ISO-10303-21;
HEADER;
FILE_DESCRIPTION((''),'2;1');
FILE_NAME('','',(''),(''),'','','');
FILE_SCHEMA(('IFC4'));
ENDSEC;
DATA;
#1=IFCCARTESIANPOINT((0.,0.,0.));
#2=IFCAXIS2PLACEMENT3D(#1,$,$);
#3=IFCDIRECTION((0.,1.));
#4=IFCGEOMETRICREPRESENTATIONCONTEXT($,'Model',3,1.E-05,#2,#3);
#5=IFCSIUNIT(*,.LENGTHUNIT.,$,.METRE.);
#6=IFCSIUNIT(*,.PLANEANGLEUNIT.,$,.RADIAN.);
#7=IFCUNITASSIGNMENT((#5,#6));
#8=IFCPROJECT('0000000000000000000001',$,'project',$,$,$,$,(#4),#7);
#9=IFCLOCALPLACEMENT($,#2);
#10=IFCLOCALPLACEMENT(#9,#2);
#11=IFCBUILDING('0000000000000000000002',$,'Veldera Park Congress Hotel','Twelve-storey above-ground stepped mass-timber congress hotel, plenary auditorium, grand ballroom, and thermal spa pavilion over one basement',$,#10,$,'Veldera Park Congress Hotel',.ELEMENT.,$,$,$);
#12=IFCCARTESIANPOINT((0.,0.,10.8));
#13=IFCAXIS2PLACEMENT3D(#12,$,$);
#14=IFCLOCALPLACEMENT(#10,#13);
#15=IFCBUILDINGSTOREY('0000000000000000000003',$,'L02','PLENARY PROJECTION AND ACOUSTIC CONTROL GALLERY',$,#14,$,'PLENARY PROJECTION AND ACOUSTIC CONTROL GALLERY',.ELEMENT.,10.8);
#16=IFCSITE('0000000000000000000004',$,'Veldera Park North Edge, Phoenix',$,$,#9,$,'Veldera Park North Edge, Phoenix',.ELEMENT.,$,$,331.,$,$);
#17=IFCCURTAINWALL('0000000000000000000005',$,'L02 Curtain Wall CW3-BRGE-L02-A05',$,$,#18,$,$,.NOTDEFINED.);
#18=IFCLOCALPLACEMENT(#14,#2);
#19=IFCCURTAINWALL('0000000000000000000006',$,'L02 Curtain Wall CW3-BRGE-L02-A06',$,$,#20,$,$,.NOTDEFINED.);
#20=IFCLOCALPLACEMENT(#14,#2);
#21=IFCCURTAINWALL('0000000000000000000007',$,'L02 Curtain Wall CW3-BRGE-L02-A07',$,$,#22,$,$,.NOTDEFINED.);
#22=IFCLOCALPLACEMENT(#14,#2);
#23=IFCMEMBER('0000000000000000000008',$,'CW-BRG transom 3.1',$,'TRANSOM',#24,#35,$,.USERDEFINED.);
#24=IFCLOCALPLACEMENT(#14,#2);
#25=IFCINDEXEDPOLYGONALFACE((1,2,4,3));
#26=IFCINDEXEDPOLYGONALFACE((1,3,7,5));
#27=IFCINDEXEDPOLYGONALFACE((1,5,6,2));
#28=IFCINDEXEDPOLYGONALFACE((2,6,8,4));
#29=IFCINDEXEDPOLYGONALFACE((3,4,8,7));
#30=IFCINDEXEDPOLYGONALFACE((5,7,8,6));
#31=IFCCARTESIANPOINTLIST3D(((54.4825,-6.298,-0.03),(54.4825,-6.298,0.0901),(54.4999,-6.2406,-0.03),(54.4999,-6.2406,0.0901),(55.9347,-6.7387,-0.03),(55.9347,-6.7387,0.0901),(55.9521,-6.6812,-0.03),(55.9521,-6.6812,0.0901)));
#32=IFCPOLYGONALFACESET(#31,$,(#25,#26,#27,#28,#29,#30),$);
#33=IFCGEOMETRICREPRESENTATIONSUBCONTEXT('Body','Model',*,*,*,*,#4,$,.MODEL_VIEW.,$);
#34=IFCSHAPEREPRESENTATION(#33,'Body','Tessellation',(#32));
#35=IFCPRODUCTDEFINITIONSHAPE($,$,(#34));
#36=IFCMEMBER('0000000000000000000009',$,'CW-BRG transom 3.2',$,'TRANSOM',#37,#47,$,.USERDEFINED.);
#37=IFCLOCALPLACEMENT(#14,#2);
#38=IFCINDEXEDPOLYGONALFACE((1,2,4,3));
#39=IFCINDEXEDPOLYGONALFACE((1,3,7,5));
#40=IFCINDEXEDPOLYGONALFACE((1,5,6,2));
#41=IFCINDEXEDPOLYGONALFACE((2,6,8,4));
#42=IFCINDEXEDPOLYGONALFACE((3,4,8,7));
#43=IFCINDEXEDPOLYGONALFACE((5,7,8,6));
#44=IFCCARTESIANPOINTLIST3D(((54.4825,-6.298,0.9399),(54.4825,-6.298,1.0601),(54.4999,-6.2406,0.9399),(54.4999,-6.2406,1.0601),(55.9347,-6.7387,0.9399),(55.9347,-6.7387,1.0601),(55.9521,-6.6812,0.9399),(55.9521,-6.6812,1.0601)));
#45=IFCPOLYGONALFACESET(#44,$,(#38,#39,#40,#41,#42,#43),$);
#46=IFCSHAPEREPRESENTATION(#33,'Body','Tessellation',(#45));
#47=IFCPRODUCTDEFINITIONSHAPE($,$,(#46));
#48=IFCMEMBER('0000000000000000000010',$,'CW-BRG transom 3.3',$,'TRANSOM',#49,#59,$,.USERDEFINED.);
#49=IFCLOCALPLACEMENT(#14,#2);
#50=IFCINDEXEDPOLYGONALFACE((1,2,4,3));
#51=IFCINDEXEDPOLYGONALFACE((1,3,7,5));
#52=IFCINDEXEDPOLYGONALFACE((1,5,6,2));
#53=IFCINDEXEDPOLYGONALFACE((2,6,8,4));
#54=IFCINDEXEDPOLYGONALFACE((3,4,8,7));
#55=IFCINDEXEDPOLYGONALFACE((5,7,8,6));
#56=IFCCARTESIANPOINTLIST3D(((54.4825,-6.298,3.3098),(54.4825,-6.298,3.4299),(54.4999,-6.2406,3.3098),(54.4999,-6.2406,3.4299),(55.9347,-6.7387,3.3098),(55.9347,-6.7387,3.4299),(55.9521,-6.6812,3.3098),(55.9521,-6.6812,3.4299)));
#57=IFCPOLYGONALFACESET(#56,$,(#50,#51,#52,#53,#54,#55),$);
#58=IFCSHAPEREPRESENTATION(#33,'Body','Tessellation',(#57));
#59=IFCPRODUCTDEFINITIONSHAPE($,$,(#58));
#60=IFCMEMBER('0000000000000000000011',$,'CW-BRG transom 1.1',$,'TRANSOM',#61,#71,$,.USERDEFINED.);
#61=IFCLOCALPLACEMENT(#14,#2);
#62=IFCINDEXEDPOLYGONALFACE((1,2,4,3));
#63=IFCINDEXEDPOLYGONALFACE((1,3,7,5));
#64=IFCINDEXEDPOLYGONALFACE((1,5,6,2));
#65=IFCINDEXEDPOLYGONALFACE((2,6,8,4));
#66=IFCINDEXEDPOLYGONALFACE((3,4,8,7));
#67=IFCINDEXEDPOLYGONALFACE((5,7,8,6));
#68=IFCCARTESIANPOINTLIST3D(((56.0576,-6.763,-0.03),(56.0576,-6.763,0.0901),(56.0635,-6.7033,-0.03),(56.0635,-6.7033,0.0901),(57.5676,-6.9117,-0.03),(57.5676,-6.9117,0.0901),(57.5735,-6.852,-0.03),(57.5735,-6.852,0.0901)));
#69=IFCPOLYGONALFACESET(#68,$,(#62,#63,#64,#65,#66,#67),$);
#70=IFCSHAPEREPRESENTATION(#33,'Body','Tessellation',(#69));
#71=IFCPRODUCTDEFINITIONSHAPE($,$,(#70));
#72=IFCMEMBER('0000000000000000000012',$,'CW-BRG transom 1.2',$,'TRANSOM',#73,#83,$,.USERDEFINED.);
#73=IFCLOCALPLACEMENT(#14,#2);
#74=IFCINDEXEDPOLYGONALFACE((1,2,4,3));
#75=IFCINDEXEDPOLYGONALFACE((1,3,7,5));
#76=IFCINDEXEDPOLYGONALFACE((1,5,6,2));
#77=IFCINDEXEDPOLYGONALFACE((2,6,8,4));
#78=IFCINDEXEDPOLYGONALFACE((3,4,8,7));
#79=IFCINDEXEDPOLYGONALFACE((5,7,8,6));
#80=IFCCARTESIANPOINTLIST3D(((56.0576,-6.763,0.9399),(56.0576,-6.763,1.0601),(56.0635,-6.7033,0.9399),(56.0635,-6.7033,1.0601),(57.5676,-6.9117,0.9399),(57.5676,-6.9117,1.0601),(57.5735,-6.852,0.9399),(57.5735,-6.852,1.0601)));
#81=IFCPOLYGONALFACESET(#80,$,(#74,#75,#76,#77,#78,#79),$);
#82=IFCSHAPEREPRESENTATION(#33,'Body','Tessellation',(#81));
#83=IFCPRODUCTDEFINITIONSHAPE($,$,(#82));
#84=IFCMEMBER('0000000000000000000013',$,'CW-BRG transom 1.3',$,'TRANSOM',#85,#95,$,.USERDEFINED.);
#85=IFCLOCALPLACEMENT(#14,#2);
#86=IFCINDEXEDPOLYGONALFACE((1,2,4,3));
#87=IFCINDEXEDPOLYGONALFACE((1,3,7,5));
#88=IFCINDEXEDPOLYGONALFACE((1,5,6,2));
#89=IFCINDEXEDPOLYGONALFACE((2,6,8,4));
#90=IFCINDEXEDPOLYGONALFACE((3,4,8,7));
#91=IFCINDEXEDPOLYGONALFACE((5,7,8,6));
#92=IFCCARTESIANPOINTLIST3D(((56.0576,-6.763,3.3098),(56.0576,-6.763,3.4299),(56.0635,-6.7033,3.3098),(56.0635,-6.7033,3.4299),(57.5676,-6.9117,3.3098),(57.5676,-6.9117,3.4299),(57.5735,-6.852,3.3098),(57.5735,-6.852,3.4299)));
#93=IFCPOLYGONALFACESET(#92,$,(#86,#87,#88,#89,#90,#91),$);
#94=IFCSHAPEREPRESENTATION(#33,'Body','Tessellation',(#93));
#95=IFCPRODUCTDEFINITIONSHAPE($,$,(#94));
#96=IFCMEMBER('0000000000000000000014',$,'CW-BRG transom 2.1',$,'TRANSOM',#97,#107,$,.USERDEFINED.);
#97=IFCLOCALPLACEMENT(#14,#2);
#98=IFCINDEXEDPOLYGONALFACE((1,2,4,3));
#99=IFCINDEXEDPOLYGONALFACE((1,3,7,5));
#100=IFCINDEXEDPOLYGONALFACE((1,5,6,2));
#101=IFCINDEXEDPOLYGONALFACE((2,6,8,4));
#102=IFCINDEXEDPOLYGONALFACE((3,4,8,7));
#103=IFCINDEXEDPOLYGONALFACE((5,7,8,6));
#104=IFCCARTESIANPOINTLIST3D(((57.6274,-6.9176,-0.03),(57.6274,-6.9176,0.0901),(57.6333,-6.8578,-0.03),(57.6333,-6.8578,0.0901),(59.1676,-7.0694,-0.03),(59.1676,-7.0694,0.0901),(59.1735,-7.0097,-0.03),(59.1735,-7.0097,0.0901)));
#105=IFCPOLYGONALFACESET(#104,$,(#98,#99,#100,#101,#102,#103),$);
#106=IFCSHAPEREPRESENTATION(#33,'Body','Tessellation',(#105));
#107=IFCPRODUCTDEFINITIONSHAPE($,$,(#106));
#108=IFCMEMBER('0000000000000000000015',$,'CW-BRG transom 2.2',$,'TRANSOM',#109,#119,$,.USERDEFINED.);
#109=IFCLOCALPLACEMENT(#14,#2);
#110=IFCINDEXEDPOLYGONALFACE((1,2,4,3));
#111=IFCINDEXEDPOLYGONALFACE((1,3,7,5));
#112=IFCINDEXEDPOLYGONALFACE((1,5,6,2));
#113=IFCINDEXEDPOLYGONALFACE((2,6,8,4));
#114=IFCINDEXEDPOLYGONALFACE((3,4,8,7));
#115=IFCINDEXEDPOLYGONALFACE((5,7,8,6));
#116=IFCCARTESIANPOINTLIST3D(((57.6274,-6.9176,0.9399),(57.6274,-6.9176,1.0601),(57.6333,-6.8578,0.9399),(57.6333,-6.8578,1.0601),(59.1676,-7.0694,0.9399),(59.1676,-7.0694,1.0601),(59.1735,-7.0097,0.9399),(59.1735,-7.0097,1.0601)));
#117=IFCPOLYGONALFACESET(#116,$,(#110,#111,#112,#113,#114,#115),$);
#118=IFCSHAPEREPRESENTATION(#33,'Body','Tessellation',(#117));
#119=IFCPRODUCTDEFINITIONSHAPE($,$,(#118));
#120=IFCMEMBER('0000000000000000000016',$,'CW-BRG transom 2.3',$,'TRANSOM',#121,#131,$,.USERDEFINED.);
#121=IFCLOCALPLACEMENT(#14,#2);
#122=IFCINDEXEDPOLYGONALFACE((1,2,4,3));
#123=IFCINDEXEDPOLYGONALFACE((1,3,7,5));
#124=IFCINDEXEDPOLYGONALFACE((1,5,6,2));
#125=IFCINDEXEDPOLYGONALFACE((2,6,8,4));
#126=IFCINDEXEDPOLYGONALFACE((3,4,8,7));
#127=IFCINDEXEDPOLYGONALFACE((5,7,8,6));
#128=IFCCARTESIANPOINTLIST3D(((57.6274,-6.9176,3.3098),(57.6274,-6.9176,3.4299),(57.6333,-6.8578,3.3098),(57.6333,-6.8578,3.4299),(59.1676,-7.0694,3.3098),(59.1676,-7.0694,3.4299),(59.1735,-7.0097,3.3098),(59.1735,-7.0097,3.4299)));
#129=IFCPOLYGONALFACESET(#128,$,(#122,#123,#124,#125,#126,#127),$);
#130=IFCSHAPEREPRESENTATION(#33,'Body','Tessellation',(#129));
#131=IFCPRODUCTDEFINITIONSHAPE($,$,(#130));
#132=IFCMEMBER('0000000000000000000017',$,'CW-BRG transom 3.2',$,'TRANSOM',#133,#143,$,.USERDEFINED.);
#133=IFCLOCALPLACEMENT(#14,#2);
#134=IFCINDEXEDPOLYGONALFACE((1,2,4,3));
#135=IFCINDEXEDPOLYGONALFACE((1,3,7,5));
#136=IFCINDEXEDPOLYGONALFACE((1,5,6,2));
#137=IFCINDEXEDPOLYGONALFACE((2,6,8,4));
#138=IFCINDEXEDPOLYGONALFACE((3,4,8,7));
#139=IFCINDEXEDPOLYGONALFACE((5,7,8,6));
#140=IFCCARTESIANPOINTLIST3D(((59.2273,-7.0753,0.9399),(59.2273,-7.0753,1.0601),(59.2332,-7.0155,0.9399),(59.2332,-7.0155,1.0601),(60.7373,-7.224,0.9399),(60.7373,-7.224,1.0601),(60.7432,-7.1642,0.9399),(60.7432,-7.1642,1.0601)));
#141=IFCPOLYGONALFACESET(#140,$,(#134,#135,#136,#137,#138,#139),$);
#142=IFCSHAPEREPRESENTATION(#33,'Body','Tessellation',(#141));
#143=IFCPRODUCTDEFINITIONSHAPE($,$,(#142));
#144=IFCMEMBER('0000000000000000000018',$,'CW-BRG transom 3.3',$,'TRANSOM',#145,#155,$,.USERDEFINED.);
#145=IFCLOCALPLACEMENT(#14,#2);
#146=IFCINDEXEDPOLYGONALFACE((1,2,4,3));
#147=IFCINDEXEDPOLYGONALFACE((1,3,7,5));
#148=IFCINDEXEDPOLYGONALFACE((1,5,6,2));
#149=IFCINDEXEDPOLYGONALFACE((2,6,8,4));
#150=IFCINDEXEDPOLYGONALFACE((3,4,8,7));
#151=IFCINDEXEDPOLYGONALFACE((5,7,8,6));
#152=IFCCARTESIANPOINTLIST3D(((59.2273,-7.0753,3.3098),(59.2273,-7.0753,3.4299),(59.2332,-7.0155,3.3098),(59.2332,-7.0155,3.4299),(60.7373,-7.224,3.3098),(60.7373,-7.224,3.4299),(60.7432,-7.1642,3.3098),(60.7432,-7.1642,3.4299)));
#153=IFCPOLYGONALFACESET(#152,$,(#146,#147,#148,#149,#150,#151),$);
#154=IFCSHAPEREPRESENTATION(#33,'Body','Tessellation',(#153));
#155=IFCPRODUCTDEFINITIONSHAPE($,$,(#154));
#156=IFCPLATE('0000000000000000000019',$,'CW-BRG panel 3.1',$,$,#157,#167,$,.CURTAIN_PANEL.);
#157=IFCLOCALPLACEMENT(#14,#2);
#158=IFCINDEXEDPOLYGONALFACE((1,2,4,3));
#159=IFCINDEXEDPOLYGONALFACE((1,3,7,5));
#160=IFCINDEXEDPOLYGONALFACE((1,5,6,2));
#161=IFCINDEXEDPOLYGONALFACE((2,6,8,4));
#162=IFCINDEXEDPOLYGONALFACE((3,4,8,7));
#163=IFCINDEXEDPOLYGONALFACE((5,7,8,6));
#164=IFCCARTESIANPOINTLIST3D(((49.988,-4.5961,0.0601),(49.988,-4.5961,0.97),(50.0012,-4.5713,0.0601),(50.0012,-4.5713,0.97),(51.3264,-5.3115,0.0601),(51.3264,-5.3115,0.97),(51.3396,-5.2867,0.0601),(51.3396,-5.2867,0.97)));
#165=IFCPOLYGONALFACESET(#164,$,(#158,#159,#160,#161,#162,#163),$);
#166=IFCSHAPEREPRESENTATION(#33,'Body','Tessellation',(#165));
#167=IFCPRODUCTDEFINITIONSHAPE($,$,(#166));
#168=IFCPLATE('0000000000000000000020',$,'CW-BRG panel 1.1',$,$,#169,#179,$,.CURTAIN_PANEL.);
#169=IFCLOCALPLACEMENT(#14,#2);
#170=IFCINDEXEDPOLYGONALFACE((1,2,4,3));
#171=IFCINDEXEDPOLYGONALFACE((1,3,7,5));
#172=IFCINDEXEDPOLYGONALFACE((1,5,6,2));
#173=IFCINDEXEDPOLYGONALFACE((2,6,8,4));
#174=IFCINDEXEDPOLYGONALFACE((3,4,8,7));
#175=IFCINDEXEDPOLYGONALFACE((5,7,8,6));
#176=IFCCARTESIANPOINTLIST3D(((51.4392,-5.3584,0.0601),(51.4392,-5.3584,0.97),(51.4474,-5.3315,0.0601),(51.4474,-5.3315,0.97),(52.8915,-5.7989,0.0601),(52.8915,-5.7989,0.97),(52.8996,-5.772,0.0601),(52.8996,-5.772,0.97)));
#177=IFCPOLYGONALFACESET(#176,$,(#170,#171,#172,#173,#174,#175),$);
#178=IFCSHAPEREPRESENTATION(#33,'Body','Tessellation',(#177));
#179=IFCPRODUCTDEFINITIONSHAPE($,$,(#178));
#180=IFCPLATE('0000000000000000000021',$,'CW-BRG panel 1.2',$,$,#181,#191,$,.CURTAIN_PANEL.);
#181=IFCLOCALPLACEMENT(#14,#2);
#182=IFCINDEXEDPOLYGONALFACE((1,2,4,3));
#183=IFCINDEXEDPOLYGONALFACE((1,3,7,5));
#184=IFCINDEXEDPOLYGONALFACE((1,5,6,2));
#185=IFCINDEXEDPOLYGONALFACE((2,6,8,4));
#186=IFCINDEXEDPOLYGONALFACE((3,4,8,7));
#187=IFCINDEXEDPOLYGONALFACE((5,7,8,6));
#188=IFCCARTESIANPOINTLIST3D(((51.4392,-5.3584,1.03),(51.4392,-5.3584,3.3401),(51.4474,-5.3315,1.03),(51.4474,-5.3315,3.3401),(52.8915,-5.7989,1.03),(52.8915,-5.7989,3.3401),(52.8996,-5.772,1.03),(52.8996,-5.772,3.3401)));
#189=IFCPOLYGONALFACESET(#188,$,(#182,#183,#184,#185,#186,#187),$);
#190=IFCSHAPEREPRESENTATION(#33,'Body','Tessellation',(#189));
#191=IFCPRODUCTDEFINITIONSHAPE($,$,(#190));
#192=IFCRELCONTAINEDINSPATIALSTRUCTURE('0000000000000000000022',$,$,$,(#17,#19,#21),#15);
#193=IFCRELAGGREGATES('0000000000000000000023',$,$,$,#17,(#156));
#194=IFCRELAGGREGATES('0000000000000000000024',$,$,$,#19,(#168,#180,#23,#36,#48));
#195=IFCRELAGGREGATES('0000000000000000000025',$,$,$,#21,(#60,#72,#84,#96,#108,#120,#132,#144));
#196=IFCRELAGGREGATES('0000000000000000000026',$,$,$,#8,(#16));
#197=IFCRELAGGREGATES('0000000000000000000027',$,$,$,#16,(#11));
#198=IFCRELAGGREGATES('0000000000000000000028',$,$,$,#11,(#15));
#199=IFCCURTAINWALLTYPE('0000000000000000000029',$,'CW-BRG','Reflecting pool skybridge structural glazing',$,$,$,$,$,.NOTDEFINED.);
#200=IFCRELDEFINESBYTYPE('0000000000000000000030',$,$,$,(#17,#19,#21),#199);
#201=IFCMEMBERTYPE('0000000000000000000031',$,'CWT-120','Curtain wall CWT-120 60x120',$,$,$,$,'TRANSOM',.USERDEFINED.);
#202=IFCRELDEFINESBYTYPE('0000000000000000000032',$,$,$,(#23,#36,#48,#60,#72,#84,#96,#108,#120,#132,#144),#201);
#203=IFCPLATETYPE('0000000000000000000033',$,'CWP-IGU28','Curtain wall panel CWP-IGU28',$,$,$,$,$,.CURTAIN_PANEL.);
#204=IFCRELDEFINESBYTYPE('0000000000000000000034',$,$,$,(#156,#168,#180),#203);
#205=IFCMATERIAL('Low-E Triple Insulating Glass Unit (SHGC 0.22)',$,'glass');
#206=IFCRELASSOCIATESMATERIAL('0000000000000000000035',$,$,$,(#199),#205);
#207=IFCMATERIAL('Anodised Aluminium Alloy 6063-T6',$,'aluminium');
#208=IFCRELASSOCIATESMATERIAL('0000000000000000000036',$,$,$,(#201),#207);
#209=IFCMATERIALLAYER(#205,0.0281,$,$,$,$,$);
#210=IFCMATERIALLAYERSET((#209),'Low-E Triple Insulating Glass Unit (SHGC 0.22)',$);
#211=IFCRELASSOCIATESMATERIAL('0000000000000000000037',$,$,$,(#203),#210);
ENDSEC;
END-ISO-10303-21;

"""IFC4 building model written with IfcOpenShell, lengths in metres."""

from ifc_helpers import new_model, si_unit, direction, frame, origin, origin_2d, place, context, subcontext, project, spatial, rectangle, extrude, material, layer, layer_set, material_profile, profile_set, type_object, element, aggregate, save


model = new_model("IFC4")

# Units and contexts
model_context = context("Model", 3, precision=1e-05, world=origin(), true_north=direction((0.0, 1.0)))
body_context = subcontext(model_context, "Body", "Model", "MODEL_VIEW")
ifc_project = project(units=[si_unit("LENGTHUNIT", "METRE"), si_unit("PLANEANGLEUNIT", "RADIAN")], contexts=[model_context])

# Site, building, storey
site_placement = place(None, origin())
site = spatial("IfcSite", under=ifc_project, at=site_placement, Name="Veldera Park North Edge, Phoenix", LongName="Veldera Park North Edge, Phoenix", CompositionType="ELEMENT", RefElevation=331.0)
building_placement = place(site_placement, origin())
building = spatial("IfcBuilding", under=site, at=building_placement, Name="Veldera Park Congress Hotel", Description="Twelve-storey above-ground stepped mass-timber congress hotel, plenary auditorium, grand ballroom, and thermal spa pavilion over one basement", LongName="Veldera Park Congress Hotel", CompositionType="ELEMENT")
storey_placement = place(building_placement, frame((0.0, 0.0, 10.8)))
storey = spatial("IfcBuildingStorey", under=building, at=storey_placement, Name="L02", Description="PLENARY PROJECTION AND ACOUSTIC CONTROL GALLERY", LongName="PLENARY PROJECTION AND ACOUSTIC CONTROL GALLERY", CompositionType="ELEMENT", Elevation=10.8)

# Curtain wall
ifc_material_1 = material(Name="Low-E Triple Insulating Glass Unit (SHGC 0.22)", Category="glass")
curtain_wall_type = type_object("IfcCurtainWallType", Name="CW-BRG", Description="Reflecting pool skybridge structural glazing", PredefinedType="NOTDEFINED", material=ifc_material_1)
curtain_wall_1_placement = place(storey_placement, origin())
curtain_wall_1 = element("IfcCurtainWall", 1, at=curtain_wall_1_placement, inside=storey, type_object=curtain_wall_type, Name="L02 Curtain Wall CW3-BRGE-L02-A05", PredefinedType="NOTDEFINED")
ifc_material_2 = material(Name="Anodised Aluminium Alloy 6063-T6", Category="aluminium")

# Curtain walls
curtain_wall_2_placement = place(storey_placement, origin())
curtain_wall_2 = element("IfcCurtainWall", 2, at=curtain_wall_2_placement, inside=storey, type_object=curtain_wall_type, Name="L02 Curtain Wall CW3-BRGE-L02-A06", PredefinedType="NOTDEFINED")
curtain_wall_3_placement = place(storey_placement, origin())
curtain_wall_3 = element("IfcCurtainWall", 3, at=curtain_wall_3_placement, inside=storey, type_object=curtain_wall_type, Name="L02 Curtain Wall CW3-BRGE-L02-A07", PredefinedType="NOTDEFINED")

# Members
ifc_material_profile_1 = material_profile(ifc_material_2, rectangle(XDim=0.0601, YDim=0.1201, at=origin_2d()), Name="ALU 60x120")
ifc_profile_set_1 = profile_set([ifc_material_profile_1], Name="Anodised Aluminium Alloy 6063-T6")
member_type_1 = type_object("IfcMemberType", Name="CWT-120", Description="Curtain wall CWT-120 60x120", ElementType="TRANSOM", PredefinedType="USERDEFINED", material=ifc_profile_set_1)
member_1_placement = place(storey_placement, frame((54.4912, -6.2693, 0.03), z_axis=(0.956909, -0.290387, 0.0), x_axis=(0.290387, 0.956909, 0.0)))
member_1 = element("IfcMember", 4, at=member_1_placement, type_object=member_type_1, Name="CW-BRG transom 3.1", ObjectType="TRANSOM", PredefinedType="USERDEFINED", context=body_context, shape_type="SweptSolid", body=[
    extrude(rectangle(XDim=0.0601, YDim=0.1201, at=origin_2d()), origin(), (0.0, 0.0, 1.0), 1.5176),
])
member_2_placement = place(storey_placement, frame((54.4912, -6.2693, 1.0), z_axis=(0.956909, -0.290387, 0.0), x_axis=(0.290387, 0.956909, 0.0)))
member_2 = element("IfcMember", 5, at=member_2_placement, type_object=member_type_1, Name="CW-BRG transom 3.2", ObjectType="TRANSOM", PredefinedType="USERDEFINED", context=body_context, shape_type="SweptSolid", body=[
    extrude(rectangle(XDim=0.0601, YDim=0.1201, at=origin_2d()), origin(), (0.0, 0.0, 1.0), 1.5176),
])
member_3_placement = place(storey_placement, frame((54.4912, -6.2693, 3.3699), z_axis=(0.956909, -0.290387, 0.0), x_axis=(0.290387, 0.956909, 0.0)))
member_3 = element("IfcMember", 6, at=member_3_placement, type_object=member_type_1, Name="CW-BRG transom 3.3", ObjectType="TRANSOM", PredefinedType="USERDEFINED", context=body_context, shape_type="SweptSolid", body=[
    extrude(rectangle(XDim=0.0601, YDim=0.1201, at=origin_2d()), origin(), (0.0, 0.0, 1.0), 1.5176),
])
member_4_placement = place(storey_placement, frame((56.0605, -6.7332, 0.03), z_axis=(0.995187, -0.09799, 0.0), x_axis=(0.09799, 0.995187, 0.0)))
member_4 = element("IfcMember", 7, at=member_4_placement, type_object=member_type_1, Name="CW-BRG transom 1.1", ObjectType="TRANSOM", PredefinedType="USERDEFINED", context=body_context, shape_type="SweptSolid", body=[
    extrude(rectangle(XDim=0.0601, YDim=0.1201, at=origin_2d()), origin(), (0.0, 0.0, 1.0), 1.5173),
])
member_5_placement = place(storey_placement, frame((56.0605, -6.7332, 1.0), z_axis=(0.995187, -0.09799, 0.0), x_axis=(0.09799, 0.995187, 0.0)))
member_5 = element("IfcMember", 8, at=member_5_placement, type_object=member_type_1, Name="CW-BRG transom 1.2", ObjectType="TRANSOM", PredefinedType="USERDEFINED", context=body_context, shape_type="SweptSolid", body=[
    extrude(rectangle(XDim=0.0601, YDim=0.1201, at=origin_2d()), origin(), (0.0, 0.0, 1.0), 1.5173),
])
member_6_placement = place(storey_placement, frame((56.0605, -6.7332, 3.3699), z_axis=(0.995187, -0.09799, 0.0), x_axis=(0.09799, 0.995187, 0.0)))
member_6 = element("IfcMember", 9, at=member_6_placement, type_object=member_type_1, Name="CW-BRG transom 1.3", ObjectType="TRANSOM", PredefinedType="USERDEFINED", context=body_context, shape_type="SweptSolid", body=[
    extrude(rectangle(XDim=0.0601, YDim=0.1201, at=origin_2d()), origin(), (0.0, 0.0, 1.0), 1.5173),
])
member_7_placement = place(storey_placement, frame((57.6304, -6.8877, 0.03), z_axis=(0.995174, -0.098129, 0.0), x_axis=(0.098129, 0.995174, 0.0)))
member_7 = element("IfcMember", 10, at=member_7_placement, type_object=member_type_1, Name="CW-BRG transom 2.1", ObjectType="TRANSOM", PredefinedType="USERDEFINED", context=body_context, shape_type="SweptSolid", body=[
    extrude(rectangle(XDim=0.0601, YDim=0.1201, at=origin_2d()), origin(), (0.0, 0.0, 1.0), 1.5476),
])
member_8_placement = place(storey_placement, frame((57.6304, -6.8877, 1.0), z_axis=(0.995174, -0.098129, 0.0), x_axis=(0.098129, 0.995174, 0.0)))
member_8 = element("IfcMember", 11, at=member_8_placement, type_object=member_type_1, Name="CW-BRG transom 2.2", ObjectType="TRANSOM", PredefinedType="USERDEFINED", context=body_context, shape_type="SweptSolid", body=[
    extrude(rectangle(XDim=0.0601, YDim=0.1201, at=origin_2d()), origin(), (0.0, 0.0, 1.0), 1.5476),
])
member_9_placement = place(storey_placement, frame((57.6304, -6.8877, 3.3699), z_axis=(0.995174, -0.098129, 0.0), x_axis=(0.098129, 0.995174, 0.0)))
member_9 = element("IfcMember", 12, at=member_9_placement, type_object=member_type_1, Name="CW-BRG transom 2.3", ObjectType="TRANSOM", PredefinedType="USERDEFINED", context=body_context, shape_type="SweptSolid", body=[
    extrude(rectangle(XDim=0.0601, YDim=0.1201, at=origin_2d()), origin(), (0.0, 0.0, 1.0), 1.5476),
])
member_10_placement = place(storey_placement, frame((59.2302, -7.0454, 1.0), z_axis=(0.995187, -0.09799, 0.0), x_axis=(0.09799, 0.995187, 0.0)))
member_10 = element("IfcMember", 13, at=member_10_placement, type_object=member_type_1, Name="CW-BRG transom 3.2", ObjectType="TRANSOM", PredefinedType="USERDEFINED", context=body_context, shape_type="SweptSolid", body=[
    extrude(rectangle(XDim=0.0601, YDim=0.1201, at=origin_2d()), origin(), (0.0, 0.0, 1.0), 1.5173),
])
member_11_placement = place(storey_placement, frame((59.2302, -7.0454, 3.3699), z_axis=(0.995187, -0.09799, 0.0), x_axis=(0.09799, 0.995187, 0.0)))
member_11 = element("IfcMember", 14, at=member_11_placement, type_object=member_type_1, Name="CW-BRG transom 3.3", ObjectType="TRANSOM", PredefinedType="USERDEFINED", context=body_context, shape_type="SweptSolid", body=[
    extrude(rectangle(XDim=0.0601, YDim=0.1201, at=origin_2d()), origin(), (0.0, 0.0, 1.0), 1.5173),
])

# Plates
ifc_layer = layer(ifc_material_1, 0.0281)
ifc_layer_set = layer_set([ifc_layer], Name="Low-E Triple Insulating Glass Unit (SHGC 0.22)")
plate_type = type_object("IfcPlateType", Name="CWP-IGU28", Description="Curtain wall panel CWP-IGU28", PredefinedType="CURTAIN_PANEL", material=ifc_layer_set)
plate_1_placement = place(storey_placement, frame((50.6638, -4.9414, 0.0601), z_axis=(0.0, 0.0, 1.0), x_axis=(0.881928, -0.471385, 0.0)))
plate_1 = element("IfcPlate", 15, at=plate_1_placement, type_object=plate_type, Name="CW-BRG panel 3.1", PredefinedType="CURTAIN_PANEL", context=body_context, shape_type="SweptSolid", body=[
    extrude(rectangle(XDim=1.5176, YDim=0.0281, at=origin_2d()), origin(), (0.0, 0.0, 1.0), 0.9099),
])
aggregate(curtain_wall_1, [plate_1])
plate_2_placement = place(storey_placement, frame((52.1694, -5.5652, 0.0601), z_axis=(0.0, 0.0, 1.0), x_axis=(0.956939, -0.290288, 0.0)))
plate_2 = element("IfcPlate", 16, at=plate_2_placement, type_object=plate_type, Name="CW-BRG panel 1.1", PredefinedType="CURTAIN_PANEL", context=body_context, shape_type="SweptSolid", body=[
    extrude(rectangle(XDim=1.5176, YDim=0.0281, at=origin_2d()), origin(), (0.0, 0.0, 1.0), 0.9099),
])
plate_3_placement = place(storey_placement, frame((52.1694, -5.5652, 1.03), z_axis=(0.0, 0.0, 1.0), x_axis=(0.956939, -0.290288, 0.0)))
plate_3 = element("IfcPlate", 17, at=plate_3_placement, type_object=plate_type, Name="CW-BRG panel 1.2", PredefinedType="CURTAIN_PANEL", context=body_context, shape_type="SweptSolid", body=[
    extrude(rectangle(XDim=1.5176, YDim=0.0281, at=origin_2d()), origin(), (0.0, 0.0, 1.0), 2.3101),
])
aggregate(curtain_wall_2, [plate_2, plate_3, member_1, member_2, member_3])
aggregate(curtain_wall_3, [member_4, member_5, member_6, member_7, member_8, member_9, member_10, member_11])

save(model, "model.ifc")
